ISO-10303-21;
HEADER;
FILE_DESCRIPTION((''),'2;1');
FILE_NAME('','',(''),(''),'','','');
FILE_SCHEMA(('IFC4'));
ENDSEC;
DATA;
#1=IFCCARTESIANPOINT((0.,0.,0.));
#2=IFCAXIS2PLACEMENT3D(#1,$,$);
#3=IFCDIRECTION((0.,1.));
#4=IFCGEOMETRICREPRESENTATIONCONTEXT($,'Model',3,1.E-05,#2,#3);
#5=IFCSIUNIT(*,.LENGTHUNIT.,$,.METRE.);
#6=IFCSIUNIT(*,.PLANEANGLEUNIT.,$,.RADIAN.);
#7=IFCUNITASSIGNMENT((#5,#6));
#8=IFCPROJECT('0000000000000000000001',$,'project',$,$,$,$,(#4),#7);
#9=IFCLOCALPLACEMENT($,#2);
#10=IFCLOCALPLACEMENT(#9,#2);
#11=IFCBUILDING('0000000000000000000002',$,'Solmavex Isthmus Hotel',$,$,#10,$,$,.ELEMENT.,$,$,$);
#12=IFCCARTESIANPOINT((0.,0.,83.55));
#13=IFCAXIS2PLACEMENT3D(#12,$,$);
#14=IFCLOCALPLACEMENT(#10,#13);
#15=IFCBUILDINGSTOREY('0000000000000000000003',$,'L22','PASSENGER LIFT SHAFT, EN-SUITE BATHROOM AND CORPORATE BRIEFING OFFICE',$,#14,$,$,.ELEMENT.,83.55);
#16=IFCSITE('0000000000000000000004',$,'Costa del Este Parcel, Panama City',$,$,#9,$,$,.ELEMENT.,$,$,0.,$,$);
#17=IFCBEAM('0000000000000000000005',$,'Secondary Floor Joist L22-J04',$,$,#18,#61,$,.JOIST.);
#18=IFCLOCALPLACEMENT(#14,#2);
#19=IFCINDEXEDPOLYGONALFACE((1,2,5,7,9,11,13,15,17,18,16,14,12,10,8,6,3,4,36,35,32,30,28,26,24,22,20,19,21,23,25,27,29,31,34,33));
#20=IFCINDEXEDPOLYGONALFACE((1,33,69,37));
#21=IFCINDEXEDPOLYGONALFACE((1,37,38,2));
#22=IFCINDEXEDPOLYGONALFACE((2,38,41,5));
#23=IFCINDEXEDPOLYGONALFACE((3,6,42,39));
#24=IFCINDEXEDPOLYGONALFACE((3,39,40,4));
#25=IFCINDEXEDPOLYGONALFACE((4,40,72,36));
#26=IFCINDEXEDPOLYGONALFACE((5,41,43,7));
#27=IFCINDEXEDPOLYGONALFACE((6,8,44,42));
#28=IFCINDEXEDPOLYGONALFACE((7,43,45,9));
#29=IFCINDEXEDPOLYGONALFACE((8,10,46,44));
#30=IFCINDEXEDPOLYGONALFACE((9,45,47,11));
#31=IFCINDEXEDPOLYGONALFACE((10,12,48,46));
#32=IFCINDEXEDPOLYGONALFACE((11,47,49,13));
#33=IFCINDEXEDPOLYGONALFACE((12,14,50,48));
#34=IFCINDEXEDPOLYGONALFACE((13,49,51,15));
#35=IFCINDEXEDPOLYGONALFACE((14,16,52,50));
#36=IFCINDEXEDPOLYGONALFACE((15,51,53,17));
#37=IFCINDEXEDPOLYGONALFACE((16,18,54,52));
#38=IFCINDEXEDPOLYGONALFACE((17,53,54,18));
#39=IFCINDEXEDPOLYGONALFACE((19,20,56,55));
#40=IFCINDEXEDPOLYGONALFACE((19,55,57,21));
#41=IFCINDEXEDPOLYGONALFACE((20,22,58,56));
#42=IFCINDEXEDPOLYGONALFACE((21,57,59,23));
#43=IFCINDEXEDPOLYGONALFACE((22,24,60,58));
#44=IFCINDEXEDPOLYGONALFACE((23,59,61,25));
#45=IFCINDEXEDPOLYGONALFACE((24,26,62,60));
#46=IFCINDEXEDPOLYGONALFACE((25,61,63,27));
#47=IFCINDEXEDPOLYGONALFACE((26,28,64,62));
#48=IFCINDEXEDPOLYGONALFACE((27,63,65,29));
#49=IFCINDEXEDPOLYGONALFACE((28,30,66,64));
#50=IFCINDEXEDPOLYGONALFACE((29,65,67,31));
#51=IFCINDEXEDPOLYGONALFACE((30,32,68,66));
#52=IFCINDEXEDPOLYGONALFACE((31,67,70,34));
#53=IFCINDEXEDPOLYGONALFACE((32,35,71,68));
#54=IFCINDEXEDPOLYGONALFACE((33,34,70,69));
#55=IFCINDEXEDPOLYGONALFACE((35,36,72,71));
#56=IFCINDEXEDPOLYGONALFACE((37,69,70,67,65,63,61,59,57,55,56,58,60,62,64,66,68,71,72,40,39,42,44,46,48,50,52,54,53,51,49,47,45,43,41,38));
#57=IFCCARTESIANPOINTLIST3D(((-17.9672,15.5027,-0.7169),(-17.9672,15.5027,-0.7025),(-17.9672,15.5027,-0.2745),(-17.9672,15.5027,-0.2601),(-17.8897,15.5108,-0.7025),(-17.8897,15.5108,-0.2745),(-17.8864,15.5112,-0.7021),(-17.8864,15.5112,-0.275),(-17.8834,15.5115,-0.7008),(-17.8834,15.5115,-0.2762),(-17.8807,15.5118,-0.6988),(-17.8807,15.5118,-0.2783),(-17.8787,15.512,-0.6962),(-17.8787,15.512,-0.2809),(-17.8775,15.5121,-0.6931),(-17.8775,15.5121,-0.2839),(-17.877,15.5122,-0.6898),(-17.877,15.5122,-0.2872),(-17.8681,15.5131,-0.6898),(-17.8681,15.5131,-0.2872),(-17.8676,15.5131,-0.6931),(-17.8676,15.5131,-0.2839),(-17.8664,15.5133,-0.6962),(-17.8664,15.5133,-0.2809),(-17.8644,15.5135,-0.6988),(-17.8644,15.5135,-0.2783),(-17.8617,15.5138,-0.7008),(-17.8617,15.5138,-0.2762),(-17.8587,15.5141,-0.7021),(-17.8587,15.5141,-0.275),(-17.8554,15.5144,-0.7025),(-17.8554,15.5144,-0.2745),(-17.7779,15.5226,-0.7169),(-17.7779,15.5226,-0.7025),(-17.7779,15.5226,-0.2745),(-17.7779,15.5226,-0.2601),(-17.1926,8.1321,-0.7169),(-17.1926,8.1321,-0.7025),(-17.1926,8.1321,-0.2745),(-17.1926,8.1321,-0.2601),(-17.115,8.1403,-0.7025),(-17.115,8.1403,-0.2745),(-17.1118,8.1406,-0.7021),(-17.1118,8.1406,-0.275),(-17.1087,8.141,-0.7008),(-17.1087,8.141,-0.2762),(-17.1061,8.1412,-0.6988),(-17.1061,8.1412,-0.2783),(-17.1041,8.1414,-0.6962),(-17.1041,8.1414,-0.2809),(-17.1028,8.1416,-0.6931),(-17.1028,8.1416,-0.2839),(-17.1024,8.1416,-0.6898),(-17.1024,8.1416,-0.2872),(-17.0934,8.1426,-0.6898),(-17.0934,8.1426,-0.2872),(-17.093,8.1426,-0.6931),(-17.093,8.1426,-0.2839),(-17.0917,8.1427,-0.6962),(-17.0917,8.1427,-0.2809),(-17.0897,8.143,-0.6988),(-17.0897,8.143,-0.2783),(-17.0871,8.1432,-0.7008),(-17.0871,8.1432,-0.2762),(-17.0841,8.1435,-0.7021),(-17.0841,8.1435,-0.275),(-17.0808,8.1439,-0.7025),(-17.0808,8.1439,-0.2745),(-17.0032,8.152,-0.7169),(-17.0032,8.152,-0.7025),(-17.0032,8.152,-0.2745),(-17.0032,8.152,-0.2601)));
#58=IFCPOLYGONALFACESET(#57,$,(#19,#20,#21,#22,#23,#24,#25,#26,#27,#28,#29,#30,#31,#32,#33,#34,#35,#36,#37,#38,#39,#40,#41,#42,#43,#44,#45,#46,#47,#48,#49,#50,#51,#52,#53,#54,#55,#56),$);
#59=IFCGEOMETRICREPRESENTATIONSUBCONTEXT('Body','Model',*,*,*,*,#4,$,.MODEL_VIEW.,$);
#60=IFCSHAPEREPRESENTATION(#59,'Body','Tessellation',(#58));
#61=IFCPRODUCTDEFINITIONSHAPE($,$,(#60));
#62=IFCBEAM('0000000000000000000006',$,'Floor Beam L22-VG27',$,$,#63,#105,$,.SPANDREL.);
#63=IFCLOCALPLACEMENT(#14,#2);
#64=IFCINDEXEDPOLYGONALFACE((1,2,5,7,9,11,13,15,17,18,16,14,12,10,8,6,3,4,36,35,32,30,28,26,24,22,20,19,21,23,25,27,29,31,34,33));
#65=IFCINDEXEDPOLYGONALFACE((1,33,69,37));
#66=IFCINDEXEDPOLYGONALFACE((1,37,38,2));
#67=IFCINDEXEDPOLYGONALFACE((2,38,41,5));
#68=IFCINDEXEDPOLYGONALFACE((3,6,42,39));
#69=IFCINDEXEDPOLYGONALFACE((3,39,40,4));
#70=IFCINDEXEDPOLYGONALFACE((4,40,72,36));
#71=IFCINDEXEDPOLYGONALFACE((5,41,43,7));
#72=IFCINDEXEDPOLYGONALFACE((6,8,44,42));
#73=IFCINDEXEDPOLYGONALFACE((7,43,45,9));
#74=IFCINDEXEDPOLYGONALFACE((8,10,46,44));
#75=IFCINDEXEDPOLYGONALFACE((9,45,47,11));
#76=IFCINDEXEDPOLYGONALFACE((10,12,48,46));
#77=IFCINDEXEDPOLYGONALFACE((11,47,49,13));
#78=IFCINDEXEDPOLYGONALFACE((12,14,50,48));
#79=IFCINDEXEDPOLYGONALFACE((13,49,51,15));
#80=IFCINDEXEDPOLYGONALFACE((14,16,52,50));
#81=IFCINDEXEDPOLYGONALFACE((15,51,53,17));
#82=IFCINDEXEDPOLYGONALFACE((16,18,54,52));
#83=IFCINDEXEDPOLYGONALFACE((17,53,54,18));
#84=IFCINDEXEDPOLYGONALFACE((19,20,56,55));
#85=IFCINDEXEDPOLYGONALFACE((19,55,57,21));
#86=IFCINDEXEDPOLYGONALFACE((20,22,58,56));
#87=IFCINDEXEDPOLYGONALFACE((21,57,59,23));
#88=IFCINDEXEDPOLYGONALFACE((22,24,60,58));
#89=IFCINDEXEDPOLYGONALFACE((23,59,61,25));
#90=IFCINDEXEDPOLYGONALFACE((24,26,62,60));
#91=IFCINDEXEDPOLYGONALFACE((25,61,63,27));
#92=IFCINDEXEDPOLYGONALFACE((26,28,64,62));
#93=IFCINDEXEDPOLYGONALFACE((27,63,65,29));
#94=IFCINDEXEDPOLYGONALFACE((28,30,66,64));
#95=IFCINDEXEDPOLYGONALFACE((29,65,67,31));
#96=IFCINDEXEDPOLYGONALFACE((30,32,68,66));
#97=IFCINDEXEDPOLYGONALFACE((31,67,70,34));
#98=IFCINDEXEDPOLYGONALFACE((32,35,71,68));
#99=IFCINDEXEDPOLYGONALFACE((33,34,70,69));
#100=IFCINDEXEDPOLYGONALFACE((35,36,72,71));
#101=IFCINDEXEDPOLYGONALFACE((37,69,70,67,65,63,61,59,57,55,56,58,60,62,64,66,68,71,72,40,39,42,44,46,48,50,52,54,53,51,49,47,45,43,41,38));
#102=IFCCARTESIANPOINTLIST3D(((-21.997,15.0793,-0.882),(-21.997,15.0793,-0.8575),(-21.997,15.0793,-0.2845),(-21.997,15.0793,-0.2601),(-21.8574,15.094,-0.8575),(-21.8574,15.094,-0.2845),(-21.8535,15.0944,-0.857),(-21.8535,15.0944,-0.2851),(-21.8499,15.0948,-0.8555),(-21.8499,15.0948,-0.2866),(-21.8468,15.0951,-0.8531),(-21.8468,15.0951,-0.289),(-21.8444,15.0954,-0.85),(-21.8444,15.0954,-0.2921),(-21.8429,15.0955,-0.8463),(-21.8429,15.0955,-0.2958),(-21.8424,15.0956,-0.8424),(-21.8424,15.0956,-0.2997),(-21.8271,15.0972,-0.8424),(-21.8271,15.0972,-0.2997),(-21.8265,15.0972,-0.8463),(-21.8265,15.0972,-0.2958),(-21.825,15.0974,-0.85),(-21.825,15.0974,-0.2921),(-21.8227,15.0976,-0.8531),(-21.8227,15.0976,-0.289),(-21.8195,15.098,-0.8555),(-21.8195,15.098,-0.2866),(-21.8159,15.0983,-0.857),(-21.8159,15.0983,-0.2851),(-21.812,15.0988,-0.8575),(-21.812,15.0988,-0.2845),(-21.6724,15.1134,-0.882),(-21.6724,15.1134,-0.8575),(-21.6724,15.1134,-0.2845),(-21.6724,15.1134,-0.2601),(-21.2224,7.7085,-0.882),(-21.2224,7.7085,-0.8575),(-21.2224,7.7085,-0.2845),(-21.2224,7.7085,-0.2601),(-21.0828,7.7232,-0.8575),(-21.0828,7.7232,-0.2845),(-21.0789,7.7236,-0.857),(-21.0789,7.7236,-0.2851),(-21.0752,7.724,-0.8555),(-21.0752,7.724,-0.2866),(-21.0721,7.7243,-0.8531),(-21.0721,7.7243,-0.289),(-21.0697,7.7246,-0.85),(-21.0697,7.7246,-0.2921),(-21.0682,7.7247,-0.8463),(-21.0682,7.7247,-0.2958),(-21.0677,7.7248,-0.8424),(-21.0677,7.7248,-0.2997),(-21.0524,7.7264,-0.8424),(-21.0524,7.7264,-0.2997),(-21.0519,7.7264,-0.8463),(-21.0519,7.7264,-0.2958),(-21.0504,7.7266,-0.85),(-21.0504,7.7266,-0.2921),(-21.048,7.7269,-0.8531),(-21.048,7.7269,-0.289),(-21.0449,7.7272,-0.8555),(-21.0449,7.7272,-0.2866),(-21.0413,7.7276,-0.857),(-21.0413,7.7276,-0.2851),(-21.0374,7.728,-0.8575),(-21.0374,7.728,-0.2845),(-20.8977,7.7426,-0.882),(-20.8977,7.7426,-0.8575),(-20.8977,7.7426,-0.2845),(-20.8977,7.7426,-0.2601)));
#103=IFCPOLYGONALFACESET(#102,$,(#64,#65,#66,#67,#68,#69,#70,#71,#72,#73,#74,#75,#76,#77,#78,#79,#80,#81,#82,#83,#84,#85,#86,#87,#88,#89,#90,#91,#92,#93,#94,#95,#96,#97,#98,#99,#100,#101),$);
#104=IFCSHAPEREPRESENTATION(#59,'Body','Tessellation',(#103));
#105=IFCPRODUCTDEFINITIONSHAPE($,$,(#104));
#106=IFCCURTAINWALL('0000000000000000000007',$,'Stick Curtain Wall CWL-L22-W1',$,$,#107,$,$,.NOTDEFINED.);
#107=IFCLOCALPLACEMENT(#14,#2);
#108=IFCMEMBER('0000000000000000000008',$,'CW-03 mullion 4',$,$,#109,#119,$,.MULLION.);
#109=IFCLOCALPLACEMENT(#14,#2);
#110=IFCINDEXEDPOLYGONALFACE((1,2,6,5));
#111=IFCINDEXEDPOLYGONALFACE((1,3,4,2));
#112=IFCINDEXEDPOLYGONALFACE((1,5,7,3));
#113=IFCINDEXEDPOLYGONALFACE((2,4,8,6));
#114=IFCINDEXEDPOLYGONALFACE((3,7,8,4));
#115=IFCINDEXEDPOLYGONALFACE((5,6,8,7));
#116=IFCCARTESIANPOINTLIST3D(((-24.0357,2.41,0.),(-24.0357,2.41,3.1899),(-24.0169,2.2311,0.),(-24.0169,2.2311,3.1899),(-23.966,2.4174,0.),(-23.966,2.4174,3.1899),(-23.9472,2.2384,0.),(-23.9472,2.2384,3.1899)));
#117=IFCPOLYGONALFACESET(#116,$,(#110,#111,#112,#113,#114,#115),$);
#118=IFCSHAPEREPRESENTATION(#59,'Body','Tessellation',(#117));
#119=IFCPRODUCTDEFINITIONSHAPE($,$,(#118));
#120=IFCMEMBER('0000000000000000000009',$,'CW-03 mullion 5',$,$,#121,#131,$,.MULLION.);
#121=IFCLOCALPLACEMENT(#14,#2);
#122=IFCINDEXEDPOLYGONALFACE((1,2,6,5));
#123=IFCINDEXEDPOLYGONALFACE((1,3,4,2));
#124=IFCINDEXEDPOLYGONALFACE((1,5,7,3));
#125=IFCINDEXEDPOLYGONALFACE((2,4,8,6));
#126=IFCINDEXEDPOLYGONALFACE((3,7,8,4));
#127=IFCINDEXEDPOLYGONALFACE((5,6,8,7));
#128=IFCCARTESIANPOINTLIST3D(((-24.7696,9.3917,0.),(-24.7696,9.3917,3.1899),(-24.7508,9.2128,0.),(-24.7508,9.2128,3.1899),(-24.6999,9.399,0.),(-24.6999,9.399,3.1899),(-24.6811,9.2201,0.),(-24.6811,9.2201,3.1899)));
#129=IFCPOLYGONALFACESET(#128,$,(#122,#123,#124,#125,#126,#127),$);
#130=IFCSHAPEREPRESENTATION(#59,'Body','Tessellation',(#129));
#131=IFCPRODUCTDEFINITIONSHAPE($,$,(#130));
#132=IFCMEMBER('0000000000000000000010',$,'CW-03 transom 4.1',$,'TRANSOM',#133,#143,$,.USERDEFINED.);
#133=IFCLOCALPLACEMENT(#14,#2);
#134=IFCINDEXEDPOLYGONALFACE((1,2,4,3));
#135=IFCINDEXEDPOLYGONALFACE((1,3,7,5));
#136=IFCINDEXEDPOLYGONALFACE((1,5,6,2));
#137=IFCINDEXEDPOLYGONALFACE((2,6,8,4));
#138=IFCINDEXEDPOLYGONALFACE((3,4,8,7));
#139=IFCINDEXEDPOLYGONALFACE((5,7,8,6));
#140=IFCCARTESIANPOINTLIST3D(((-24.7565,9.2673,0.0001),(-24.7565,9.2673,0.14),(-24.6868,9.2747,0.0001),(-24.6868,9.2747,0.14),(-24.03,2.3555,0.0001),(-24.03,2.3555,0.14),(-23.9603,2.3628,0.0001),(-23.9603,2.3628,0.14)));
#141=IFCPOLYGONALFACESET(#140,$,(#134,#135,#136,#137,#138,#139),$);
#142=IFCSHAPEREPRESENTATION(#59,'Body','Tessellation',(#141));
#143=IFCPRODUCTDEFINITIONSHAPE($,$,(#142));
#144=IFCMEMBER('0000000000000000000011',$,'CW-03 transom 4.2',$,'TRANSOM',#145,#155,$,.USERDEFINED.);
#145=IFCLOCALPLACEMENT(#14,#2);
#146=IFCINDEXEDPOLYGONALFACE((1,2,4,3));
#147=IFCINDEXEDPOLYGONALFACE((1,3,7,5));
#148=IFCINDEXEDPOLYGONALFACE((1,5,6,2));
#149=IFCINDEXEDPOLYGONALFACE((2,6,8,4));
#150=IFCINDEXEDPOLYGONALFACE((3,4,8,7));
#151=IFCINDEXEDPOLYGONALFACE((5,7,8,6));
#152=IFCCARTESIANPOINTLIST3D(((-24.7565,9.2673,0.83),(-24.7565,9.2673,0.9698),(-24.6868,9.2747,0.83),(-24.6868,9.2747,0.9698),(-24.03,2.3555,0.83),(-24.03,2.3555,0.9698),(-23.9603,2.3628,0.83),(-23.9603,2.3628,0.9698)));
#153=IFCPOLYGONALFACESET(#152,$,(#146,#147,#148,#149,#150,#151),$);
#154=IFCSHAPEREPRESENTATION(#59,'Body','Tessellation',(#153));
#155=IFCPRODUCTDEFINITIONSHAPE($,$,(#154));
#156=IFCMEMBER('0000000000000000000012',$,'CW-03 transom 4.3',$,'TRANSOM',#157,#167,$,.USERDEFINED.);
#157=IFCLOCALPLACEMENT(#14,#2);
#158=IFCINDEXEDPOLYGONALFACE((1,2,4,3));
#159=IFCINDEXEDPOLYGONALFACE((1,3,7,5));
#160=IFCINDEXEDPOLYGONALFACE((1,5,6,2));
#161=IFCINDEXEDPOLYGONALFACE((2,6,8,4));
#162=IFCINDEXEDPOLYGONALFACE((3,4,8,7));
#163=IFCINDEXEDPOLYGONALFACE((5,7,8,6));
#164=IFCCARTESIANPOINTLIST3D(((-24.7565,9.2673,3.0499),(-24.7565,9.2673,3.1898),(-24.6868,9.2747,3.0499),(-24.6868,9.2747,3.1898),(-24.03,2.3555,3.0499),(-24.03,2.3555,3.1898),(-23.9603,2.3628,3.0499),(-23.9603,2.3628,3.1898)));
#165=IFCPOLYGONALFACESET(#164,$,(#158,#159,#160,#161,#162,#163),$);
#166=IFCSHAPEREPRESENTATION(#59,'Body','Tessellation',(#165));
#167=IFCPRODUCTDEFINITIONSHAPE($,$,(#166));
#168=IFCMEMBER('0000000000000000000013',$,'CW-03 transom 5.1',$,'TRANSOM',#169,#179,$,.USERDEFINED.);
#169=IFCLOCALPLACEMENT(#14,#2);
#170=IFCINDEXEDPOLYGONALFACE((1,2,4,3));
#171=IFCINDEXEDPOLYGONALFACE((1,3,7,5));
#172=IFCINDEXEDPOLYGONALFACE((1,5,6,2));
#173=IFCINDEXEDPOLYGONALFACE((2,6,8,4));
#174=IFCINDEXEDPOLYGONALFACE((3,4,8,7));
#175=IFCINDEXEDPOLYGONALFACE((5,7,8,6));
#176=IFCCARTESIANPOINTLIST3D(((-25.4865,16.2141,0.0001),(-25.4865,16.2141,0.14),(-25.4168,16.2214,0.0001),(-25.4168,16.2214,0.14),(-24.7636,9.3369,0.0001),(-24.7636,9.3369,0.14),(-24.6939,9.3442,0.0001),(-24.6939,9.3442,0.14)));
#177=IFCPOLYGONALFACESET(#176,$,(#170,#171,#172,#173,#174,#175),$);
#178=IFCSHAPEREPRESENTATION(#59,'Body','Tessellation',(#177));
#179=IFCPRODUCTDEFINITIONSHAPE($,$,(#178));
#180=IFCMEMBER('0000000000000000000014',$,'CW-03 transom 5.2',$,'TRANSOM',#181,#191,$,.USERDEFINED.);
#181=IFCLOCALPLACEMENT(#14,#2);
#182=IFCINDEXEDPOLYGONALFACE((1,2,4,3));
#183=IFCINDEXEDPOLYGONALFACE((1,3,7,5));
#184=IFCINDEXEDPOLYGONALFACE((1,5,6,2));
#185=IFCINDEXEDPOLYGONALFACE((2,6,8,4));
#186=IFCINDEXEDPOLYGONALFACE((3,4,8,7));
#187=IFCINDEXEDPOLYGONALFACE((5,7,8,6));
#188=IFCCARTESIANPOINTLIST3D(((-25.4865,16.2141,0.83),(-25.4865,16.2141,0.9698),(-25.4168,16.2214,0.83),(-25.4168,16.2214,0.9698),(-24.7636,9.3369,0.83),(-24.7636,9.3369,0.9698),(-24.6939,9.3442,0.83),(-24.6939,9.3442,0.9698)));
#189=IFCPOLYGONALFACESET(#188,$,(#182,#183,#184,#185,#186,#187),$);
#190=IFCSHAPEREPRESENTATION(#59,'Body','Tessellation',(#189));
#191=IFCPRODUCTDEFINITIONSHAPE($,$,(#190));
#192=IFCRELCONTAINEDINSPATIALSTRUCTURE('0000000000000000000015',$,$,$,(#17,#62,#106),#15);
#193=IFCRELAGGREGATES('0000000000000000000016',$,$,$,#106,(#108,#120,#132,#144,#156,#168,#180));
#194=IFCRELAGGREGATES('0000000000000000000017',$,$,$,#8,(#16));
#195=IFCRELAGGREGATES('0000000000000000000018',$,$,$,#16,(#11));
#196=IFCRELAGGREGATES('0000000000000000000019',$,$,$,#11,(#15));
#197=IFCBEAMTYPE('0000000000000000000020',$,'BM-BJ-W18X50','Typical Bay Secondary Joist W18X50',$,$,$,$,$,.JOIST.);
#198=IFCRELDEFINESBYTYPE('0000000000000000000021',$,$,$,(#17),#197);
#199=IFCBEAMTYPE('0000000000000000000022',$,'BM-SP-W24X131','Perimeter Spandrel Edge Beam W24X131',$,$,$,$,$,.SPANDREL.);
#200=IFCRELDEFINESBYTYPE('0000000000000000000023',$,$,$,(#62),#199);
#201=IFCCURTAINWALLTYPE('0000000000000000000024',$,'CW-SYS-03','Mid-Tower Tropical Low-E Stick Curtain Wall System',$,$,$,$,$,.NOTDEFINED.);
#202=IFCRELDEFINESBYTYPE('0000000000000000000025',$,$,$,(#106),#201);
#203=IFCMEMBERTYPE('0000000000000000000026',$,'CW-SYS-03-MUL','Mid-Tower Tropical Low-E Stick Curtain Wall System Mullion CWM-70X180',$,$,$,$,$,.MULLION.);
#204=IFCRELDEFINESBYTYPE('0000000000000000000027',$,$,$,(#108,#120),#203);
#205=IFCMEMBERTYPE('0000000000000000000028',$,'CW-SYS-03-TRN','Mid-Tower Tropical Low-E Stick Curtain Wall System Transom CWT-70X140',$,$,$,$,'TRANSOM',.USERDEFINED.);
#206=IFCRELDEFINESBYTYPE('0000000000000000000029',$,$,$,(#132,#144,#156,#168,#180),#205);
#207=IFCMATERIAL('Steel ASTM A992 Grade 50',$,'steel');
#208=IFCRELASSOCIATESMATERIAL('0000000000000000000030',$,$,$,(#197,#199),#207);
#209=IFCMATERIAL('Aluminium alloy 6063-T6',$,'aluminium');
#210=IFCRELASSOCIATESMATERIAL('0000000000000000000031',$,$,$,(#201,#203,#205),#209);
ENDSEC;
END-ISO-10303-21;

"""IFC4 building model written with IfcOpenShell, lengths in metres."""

from ifc_helpers import new_model, si_unit, direction, frame, origin, origin_2d, place, context, subcontext, project, spatial, rectangle, i_section, extrude, material, material_profile, profile_set, type_object, element, aggregate, save


model = new_model("IFC4")

# Units and contexts
model_context = context("Model", 3, precision=1e-05, world=origin(), true_north=direction((0.0, 1.0)))
body_context = subcontext(model_context, "Body", "Model", "MODEL_VIEW")
ifc_project = project(units=[si_unit("LENGTHUNIT", "METRE"), si_unit("PLANEANGLEUNIT", "RADIAN")], contexts=[model_context])

# Site, building, storey
site_placement = place(None, origin())
site = spatial("IfcSite", under=ifc_project, at=site_placement, Name="Costa del Este Parcel, Panama City", CompositionType="ELEMENT", RefElevation=0.0)
building_placement = place(site_placement, origin())
building = spatial("IfcBuilding", under=site, at=building_placement, Name="Solmavex Isthmus Hotel", CompositionType="ELEMENT")
storey_placement = place(building_placement, frame((0.0, 0.0, 83.55)))
storey = spatial("IfcBuildingStorey", under=building, at=storey_placement, Name="L22", Description="PASSENGER LIFT SHAFT, EN-SUITE BATHROOM AND CORPORATE BRIEFING OFFICE", CompositionType="ELEMENT", Elevation=83.55)

# Beams
ifc_material_1 = material(Name="Steel ASTM A992 Grade 50", Category="steel")
ifc_material_profile_1 = material_profile(ifc_material_1, i_section(OverallWidth=0.1904, OverallDepth=0.4568, WebThickness=0.009, FlangeThickness=0.0144, FilletRadius=0.0127, at=origin_2d()), Name="W18X50")
ifc_profile_set_1 = profile_set([ifc_material_profile_1], Name="Steel ASTM A992 Grade 50")
beam_type_1 = type_object("IfcBeamType", Name="BM-BJ-W18X50", Description="Typical Bay Secondary Joist W18X50", PredefinedType="JOIST", material=ifc_profile_set_1)
beam_1_placement = place(storey_placement, frame((-17.0979, 8.1421, -0.4885), z_axis=(-0.104525, 0.994522, 0.0), x_axis=(-0.994522, -0.104525, 0.0)))
element("IfcBeam", 1, at=beam_1_placement, inside=storey, type_object=beam_type_1, Name="Secondary Floor Joist L22-J04", PredefinedType="JOIST", context=body_context, shape_type="SweptSolid", body=[
    extrude(i_section(OverallWidth=0.1904, OverallDepth=0.4568, WebThickness=0.009, FlangeThickness=0.0144, FilletRadius=0.0127, at=origin_2d()), origin(), (0.0, 0.0, 1.0), 7.4111),
])
ifc_material_profile_2 = material_profile(ifc_material_1, i_section(OverallWidth=0.3264, OverallDepth=0.6218, WebThickness=0.0154, FlangeThickness=0.0244, FilletRadius=0.0151, at=origin_2d()), Name="W24X131")
ifc_profile_set_2 = profile_set([ifc_material_profile_2], Name="Steel ASTM A992 Grade 50")
beam_type_2 = type_object("IfcBeamType", Name="BM-SP-W24X131", Description="Perimeter Spandrel Edge Beam W24X131", PredefinedType="SPANDREL", material=ifc_profile_set_2)
beam_2_placement = place(storey_placement, frame((-21.0601, 7.7256, -0.571), z_axis=(-0.104522, 0.994523, 0.0), x_axis=(-0.994523, -0.104522, 0.0)))
element("IfcBeam", 2, at=beam_2_placement, inside=storey, type_object=beam_type_2, Name="Floor Beam L22-VG27", PredefinedType="SPANDREL", context=body_context, shape_type="SweptSolid", body=[
    extrude(i_section(OverallWidth=0.3264, OverallDepth=0.6218, WebThickness=0.0154, FlangeThickness=0.0244, FilletRadius=0.0151, at=origin_2d()), origin(), (0.0, 0.0, 1.0), 7.4114),
])

# Curtain wall, members
ifc_material_2 = material(Name="Aluminium alloy 6063-T6", Category="aluminium")
curtain_wall_type = type_object("IfcCurtainWallType", Name="CW-SYS-03", Description="Mid-Tower Tropical Low-E Stick Curtain Wall System", PredefinedType="NOTDEFINED", material=ifc_material_2)
curtain_wall_placement = place(storey_placement, origin())
curtain_wall = element("IfcCurtainWall", 3, at=curtain_wall_placement, inside=storey, type_object=curtain_wall_type, Name="Stick Curtain Wall CWL-L22-W1", PredefinedType="NOTDEFINED")
ifc_material_profile_3 = material_profile(ifc_material_2, rectangle(XDim=0.0701, YDim=0.1799, at=origin_2d()), Name="CWM-70X180")
ifc_profile_set_3 = profile_set([ifc_material_profile_3], Name="Aluminium alloy 6063-T6")
member_type_1 = type_object("IfcMemberType", Name="CW-SYS-03-MUL", Description="Mid-Tower Tropical Low-E Stick Curtain Wall System Mullion CWM-70X180", PredefinedType="MULLION", material=ifc_profile_set_3)
member_1_placement = place(storey_placement, frame((-23.9915, 2.3242, 0.0), z_axis=(0.0, 0.0, 1.0), x_axis=(-0.994522, -0.104528, 0.0)))
member_1 = element("IfcMember", 4, at=member_1_placement, type_object=member_type_1, Name="CW-03 mullion 4", PredefinedType="MULLION", context=body_context, shape_type="SweptSolid", body=[
    extrude(rectangle(XDim=0.0701, YDim=0.1799, at=origin_2d()), origin(), (0.0, 0.0, 1.0), 3.1899),
])
member_2_placement = place(storey_placement, frame((-24.7253, 9.3059, 0.0), z_axis=(0.0, 0.0, 1.0), x_axis=(-0.994522, -0.104528, 0.0)))
member_2 = element("IfcMember", 5, at=member_2_placement, type_object=member_type_1, Name="CW-03 mullion 5", PredefinedType="MULLION", context=body_context, shape_type="SweptSolid", body=[
    extrude(rectangle(XDim=0.0701, YDim=0.1799, at=origin_2d()), origin(), (0.0, 0.0, 1.0), 3.1899),
])
ifc_material_profile_4 = material_profile(ifc_material_2, rectangle(XDim=0.0701, YDim=0.1399, at=origin_2d()), Name="CWT-70X140")
ifc_profile_set_4 = profile_set([ifc_material_profile_4], Name="Aluminium alloy 6063-T6")
member_type_2 = type_object("IfcMemberType", Name="CW-SYS-03-TRN", Description="Mid-Tower Tropical Low-E Stick Curtain Wall System Transom CWT-70X140", ElementType="TRANSOM", PredefinedType="USERDEFINED", material=ifc_profile_set_4)
member_3_placement = place(storey_placement, frame((-23.9951, 2.3591, 0.0701), z_axis=(-0.104542, 0.99452, 0.0), x_axis=(-0.99452, -0.104542, 0.0)))
member_3 = element("IfcMember", 6, at=member_3_placement, type_object=member_type_2, Name="CW-03 transom 4.1", ObjectType="TRANSOM", PredefinedType="USERDEFINED", context=body_context, shape_type="SweptSolid", body=[
    extrude(rectangle(XDim=0.0701, YDim=0.1399, at=origin_2d()), origin(), (0.0, 0.0, 1.0), 6.95),
])
member_4_placement = place(storey_placement, frame((-23.9951, 2.3591, 0.8999), z_axis=(-0.104542, 0.99452, 0.0), x_axis=(-0.99452, -0.104542, 0.0)))
member_4 = element("IfcMember", 7, at=member_4_placement, type_object=member_type_2, Name="CW-03 transom 4.2", ObjectType="TRANSOM", PredefinedType="USERDEFINED", context=body_context, shape_type="SweptSolid", body=[
    extrude(rectangle(XDim=0.0701, YDim=0.1399, at=origin_2d()), origin(), (0.0, 0.0, 1.0), 6.95),
])
member_5_placement = place(storey_placement, frame((-23.9951, 2.3591, 3.1199), z_axis=(-0.104542, 0.99452, 0.0), x_axis=(-0.99452, -0.104542, 0.0)))
member_5 = element("IfcMember", 8, at=member_5_placement, type_object=member_type_2, Name="CW-03 transom 4.3", ObjectType="TRANSOM", PredefinedType="USERDEFINED", context=body_context, shape_type="SweptSolid", body=[
    extrude(rectangle(XDim=0.0701, YDim=0.1399, at=origin_2d()), origin(), (0.0, 0.0, 1.0), 6.95),
])
member_6_placement = place(storey_placement, frame((-24.7288, 9.3406, 0.0701), z_axis=(-0.10454, 0.994521, 0.0), x_axis=(-0.994521, -0.10454, 0.0)))
member_6 = element("IfcMember", 9, at=member_6_placement, type_object=member_type_2, Name="CW-03 transom 5.1", ObjectType="TRANSOM", PredefinedType="USERDEFINED", context=body_context, shape_type="SweptSolid", body=[
    extrude(rectangle(XDim=0.0701, YDim=0.1399, at=origin_2d()), origin(), (0.0, 0.0, 1.0), 6.915),
])
member_7_placement = place(storey_placement, frame((-24.7288, 9.3406, 0.8999), z_axis=(-0.10454, 0.994521, 0.0), x_axis=(-0.994521, -0.10454, 0.0)))
member_7 = element("IfcMember", 10, at=member_7_placement, type_object=member_type_2, Name="CW-03 transom 5.2", ObjectType="TRANSOM", PredefinedType="USERDEFINED", context=body_context, shape_type="SweptSolid", body=[
    extrude(rectangle(XDim=0.0701, YDim=0.1399, at=origin_2d()), origin(), (0.0, 0.0, 1.0), 6.915),
])
aggregate(curtain_wall, [member_1, member_2, member_3, member_4, member_5, member_6, member_7])

save(model, "model.ifc")
